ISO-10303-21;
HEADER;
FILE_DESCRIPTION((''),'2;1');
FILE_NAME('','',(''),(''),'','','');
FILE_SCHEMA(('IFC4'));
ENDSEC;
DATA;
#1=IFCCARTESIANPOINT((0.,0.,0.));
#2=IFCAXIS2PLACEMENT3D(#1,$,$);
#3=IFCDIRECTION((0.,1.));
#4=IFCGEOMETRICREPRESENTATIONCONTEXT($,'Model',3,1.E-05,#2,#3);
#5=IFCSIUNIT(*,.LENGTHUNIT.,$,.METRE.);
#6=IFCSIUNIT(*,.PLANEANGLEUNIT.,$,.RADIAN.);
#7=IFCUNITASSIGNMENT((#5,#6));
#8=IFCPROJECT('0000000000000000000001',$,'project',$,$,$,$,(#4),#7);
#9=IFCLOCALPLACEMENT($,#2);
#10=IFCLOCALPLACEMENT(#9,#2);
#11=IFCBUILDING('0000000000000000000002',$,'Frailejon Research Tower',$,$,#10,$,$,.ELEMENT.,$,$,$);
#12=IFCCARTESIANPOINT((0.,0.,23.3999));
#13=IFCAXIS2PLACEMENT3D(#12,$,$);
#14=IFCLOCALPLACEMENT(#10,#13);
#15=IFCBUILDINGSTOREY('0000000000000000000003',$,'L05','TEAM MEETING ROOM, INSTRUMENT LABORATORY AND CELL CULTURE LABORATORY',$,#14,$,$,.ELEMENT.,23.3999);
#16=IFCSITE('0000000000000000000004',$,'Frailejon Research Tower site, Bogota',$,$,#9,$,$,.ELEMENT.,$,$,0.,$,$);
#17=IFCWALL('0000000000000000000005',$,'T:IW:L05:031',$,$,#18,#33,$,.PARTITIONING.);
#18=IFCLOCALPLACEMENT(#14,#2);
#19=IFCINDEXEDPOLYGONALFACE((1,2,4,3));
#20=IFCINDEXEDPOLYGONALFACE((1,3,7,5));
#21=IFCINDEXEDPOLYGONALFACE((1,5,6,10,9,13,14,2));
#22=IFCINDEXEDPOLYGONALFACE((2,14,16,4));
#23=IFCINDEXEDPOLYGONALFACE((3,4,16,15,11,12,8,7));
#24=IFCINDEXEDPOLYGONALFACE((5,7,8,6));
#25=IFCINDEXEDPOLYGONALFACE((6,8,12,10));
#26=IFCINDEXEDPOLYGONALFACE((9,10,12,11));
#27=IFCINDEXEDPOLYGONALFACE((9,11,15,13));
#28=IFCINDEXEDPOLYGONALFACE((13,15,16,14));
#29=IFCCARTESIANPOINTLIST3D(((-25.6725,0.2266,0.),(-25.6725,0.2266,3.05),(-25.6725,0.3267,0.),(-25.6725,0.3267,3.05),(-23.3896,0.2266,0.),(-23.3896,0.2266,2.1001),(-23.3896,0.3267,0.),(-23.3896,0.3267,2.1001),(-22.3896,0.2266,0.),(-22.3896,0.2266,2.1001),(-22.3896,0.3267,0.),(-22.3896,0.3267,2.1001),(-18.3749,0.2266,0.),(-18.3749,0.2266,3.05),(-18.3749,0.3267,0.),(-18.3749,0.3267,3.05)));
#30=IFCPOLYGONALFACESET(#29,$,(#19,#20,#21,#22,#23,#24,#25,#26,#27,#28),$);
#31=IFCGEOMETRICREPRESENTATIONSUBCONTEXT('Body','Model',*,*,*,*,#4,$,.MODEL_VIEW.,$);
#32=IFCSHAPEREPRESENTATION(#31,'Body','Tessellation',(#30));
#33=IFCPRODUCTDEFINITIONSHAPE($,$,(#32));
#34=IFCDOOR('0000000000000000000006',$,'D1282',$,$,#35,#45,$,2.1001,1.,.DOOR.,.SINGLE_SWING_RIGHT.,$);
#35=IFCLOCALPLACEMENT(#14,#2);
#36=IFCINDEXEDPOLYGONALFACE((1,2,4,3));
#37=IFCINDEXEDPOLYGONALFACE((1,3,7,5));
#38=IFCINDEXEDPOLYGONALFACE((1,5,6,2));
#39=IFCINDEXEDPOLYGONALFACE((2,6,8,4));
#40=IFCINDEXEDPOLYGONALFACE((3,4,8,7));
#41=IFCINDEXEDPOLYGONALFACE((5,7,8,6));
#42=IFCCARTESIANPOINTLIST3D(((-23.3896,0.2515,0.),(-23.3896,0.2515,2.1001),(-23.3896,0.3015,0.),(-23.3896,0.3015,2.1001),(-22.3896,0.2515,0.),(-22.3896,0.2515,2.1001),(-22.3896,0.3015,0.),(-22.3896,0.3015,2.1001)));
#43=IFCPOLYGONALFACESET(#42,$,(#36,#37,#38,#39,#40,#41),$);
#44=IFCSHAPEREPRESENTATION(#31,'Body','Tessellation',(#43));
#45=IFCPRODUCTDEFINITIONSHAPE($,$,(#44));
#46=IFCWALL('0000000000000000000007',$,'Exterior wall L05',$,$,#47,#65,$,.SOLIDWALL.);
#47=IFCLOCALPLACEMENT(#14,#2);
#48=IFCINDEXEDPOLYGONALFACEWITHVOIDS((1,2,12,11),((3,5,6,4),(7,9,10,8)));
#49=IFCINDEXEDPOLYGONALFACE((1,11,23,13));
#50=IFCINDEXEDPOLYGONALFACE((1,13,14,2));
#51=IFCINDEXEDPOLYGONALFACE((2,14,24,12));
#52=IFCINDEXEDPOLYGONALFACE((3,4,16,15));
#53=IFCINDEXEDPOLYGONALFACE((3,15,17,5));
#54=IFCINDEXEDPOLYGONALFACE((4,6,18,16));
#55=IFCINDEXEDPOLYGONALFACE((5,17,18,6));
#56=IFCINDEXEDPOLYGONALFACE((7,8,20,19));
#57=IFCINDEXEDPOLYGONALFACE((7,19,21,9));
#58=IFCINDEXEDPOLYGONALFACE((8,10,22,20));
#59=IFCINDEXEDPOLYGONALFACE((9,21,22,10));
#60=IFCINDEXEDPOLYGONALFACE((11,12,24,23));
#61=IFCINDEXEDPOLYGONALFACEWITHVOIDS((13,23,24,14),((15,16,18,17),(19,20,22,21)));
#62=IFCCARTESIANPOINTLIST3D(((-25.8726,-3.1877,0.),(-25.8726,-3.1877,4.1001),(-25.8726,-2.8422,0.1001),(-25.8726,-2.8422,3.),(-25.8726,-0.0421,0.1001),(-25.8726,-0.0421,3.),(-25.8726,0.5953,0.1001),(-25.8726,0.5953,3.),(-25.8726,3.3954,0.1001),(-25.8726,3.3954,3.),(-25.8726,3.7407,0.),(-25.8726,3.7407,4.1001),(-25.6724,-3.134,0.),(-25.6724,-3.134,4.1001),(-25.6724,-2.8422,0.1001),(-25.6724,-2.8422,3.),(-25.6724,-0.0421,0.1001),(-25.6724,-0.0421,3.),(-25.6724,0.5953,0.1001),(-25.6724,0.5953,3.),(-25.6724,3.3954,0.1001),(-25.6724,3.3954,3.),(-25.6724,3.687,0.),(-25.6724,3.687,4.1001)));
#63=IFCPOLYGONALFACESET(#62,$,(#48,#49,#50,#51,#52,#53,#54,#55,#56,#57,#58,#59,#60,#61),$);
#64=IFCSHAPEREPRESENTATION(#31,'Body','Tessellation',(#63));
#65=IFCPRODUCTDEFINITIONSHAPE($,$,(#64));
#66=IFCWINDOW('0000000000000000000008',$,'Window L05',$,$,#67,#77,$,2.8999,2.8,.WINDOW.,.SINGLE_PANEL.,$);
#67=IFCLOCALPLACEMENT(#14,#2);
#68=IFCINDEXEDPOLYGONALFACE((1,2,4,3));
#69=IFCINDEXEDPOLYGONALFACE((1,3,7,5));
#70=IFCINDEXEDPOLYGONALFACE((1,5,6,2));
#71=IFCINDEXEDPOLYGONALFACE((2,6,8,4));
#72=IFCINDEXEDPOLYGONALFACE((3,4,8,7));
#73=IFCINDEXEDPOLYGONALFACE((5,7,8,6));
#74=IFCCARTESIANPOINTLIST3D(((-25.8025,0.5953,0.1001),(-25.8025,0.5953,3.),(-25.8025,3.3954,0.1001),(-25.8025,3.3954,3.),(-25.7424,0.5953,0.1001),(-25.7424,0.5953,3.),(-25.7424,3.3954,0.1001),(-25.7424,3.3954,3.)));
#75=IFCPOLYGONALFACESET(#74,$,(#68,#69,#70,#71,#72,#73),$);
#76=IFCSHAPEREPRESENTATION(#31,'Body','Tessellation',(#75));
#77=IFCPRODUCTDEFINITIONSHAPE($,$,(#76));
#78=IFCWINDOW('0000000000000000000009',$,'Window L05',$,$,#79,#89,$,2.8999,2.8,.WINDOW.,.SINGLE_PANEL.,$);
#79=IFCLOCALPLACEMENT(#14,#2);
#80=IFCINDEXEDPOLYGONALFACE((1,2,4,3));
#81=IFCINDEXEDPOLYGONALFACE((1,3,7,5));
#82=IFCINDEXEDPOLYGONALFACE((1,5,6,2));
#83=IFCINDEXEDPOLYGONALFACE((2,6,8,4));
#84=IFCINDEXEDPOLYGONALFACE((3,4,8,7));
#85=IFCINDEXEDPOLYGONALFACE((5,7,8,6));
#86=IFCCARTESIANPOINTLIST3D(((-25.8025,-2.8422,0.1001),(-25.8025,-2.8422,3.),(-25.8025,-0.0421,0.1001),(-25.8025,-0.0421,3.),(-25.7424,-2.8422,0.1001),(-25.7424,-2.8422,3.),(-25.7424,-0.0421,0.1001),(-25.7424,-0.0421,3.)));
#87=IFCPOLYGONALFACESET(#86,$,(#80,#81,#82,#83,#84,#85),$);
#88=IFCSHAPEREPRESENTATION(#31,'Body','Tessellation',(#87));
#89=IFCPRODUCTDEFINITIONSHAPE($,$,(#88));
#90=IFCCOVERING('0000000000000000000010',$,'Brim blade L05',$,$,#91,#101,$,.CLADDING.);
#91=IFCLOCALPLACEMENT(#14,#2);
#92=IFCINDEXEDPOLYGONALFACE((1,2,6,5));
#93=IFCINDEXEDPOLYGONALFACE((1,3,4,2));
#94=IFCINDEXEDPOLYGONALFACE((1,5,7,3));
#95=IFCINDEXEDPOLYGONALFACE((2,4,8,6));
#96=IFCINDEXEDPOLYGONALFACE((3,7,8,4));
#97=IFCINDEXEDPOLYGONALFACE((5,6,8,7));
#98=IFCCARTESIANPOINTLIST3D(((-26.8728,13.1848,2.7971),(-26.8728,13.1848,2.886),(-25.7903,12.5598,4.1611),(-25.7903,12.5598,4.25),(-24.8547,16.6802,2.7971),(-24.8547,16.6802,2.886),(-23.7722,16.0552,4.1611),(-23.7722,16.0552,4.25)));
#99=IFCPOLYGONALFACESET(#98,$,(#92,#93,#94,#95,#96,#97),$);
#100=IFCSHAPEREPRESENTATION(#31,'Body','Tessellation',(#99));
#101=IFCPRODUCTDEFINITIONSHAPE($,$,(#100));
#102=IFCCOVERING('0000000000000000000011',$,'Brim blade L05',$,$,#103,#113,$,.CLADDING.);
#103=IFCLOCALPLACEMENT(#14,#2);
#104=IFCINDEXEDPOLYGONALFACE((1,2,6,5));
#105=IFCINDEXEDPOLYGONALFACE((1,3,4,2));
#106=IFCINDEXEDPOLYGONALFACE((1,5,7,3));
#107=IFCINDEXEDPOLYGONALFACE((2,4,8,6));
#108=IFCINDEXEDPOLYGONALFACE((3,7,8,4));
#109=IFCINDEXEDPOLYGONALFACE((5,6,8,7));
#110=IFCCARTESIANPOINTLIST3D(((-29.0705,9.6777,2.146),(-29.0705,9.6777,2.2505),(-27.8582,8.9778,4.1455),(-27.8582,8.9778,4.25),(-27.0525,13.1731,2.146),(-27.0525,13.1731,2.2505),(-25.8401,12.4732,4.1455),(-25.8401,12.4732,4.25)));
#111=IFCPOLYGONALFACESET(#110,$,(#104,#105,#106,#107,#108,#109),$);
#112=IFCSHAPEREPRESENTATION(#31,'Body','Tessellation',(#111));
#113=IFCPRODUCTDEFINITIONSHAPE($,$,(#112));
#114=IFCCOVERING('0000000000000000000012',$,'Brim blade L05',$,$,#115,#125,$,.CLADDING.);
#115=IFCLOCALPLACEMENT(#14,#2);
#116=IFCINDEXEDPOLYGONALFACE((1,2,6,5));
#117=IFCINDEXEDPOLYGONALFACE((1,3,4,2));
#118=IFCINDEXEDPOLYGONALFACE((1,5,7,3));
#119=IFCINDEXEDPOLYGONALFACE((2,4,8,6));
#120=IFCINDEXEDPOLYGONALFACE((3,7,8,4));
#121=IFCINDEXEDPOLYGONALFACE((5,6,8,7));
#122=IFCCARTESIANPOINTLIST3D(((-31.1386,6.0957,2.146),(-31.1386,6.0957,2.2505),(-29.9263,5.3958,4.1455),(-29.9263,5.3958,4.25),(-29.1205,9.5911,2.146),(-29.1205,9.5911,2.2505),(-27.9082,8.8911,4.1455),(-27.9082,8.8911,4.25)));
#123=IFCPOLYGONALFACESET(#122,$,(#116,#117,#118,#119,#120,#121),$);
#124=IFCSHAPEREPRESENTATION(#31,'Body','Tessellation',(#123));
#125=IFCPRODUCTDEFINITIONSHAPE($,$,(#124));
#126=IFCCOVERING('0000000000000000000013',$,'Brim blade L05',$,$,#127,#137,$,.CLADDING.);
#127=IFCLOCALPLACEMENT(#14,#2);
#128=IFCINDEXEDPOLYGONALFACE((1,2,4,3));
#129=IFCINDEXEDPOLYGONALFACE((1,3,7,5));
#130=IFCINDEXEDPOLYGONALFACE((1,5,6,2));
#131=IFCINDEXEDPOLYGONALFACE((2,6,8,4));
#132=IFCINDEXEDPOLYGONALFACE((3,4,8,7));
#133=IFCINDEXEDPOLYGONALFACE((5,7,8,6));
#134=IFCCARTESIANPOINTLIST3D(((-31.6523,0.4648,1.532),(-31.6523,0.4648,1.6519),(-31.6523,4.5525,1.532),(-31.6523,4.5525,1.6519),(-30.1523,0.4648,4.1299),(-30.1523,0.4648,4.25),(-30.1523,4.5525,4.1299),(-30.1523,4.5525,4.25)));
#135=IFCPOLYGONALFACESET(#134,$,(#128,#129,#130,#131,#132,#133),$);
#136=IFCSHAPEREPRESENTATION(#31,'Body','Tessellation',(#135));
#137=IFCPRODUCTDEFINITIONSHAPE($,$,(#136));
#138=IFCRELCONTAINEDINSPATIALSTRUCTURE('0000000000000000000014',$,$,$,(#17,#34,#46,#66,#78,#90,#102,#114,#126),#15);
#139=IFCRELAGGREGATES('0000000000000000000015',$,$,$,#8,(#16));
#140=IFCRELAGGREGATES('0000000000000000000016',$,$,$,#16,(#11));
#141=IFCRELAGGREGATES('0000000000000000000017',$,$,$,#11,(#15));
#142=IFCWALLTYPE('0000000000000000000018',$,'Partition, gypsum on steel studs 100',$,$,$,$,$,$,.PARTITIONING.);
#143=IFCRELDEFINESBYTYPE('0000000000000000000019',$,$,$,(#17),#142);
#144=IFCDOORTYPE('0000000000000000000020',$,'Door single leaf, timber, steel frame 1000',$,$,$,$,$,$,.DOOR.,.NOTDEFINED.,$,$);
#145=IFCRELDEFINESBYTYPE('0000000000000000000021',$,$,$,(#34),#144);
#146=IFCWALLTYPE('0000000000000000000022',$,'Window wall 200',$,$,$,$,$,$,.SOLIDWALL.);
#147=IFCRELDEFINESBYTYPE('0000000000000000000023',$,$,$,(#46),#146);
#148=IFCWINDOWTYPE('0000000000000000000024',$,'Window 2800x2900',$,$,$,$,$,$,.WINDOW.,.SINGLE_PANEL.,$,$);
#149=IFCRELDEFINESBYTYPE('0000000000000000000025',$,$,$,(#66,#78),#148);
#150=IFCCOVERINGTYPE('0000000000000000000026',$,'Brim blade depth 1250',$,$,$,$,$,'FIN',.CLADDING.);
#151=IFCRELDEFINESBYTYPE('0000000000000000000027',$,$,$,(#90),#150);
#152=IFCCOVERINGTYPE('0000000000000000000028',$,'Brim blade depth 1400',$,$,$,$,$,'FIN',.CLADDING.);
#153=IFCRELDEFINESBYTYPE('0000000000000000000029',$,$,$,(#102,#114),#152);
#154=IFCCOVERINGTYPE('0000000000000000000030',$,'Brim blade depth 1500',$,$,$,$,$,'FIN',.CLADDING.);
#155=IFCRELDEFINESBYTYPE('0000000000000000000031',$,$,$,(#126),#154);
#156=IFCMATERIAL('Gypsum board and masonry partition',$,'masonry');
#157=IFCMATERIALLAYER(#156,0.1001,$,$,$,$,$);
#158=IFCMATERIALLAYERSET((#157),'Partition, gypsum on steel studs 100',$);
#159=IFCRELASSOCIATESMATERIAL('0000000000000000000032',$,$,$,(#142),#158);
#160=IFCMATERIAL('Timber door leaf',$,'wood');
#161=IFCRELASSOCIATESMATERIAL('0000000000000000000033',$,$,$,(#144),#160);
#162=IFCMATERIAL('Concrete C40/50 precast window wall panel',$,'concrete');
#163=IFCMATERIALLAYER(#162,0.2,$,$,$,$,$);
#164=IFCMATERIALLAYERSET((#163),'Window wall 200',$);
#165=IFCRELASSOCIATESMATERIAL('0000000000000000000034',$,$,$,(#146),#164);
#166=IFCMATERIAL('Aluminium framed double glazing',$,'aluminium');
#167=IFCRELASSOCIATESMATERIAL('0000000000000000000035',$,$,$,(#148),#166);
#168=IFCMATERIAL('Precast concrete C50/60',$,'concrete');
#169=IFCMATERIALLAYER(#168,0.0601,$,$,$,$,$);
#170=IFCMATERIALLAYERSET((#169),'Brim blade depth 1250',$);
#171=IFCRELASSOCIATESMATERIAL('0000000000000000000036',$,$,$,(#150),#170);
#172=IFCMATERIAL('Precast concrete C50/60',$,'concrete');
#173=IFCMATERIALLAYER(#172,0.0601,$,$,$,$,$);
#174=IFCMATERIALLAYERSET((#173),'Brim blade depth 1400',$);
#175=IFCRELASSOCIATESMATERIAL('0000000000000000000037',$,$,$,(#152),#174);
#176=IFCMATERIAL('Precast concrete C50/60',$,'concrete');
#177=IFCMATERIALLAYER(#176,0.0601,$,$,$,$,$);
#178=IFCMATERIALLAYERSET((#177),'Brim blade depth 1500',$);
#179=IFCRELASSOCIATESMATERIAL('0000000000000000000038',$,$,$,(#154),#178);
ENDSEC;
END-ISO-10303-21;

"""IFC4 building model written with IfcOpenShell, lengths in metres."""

from ifc_helpers import new_model, si_unit, direction, frame, frame_2d, origin, place, context, subcontext, project, spatial, polyline, rectangle, outline, extrude, material, layer, layer_set, type_object, element, fill, save


model = new_model("IFC4")

# Units and contexts
model_context = context("Model", 3, precision=1e-05, world=origin(), true_north=direction((0.0, 1.0)))
body_context = subcontext(model_context, "Body", "Model", "MODEL_VIEW")
ifc_project = project(units=[si_unit("LENGTHUNIT", "METRE"), si_unit("PLANEANGLEUNIT", "RADIAN")], contexts=[model_context])

# Site, building, storey
site_placement = place(None, origin())
site = spatial("IfcSite", under=ifc_project, at=site_placement, Name="Frailejon Research Tower site, Bogota", CompositionType="ELEMENT", RefElevation=0.0)
building_placement = place(site_placement, origin())
building = spatial("IfcBuilding", under=site, at=building_placement, Name="Frailejon Research Tower", CompositionType="ELEMENT")
storey_placement = place(building_placement, frame((0.0, 0.0, 23.3999)))
storey = spatial("IfcBuildingStorey", under=building, at=storey_placement, Name="L05", Description="TEAM MEETING ROOM, INSTRUMENT LABORATORY AND CELL CULTURE LABORATORY", CompositionType="ELEMENT", Elevation=23.3999)

# Shared definitions
ifc_material_1 = material(Name="Gypsum board and masonry partition", Category="masonry")
ifc_layer_1 = layer(ifc_material_1, 0.1001)
ifc_layer_set_1 = layer_set([ifc_layer_1], Name="Partition, gypsum on steel studs 100")
wall_type_1 = type_object("IfcWallType", Name="Partition, gypsum on steel studs 100", PredefinedType="PARTITIONING", material=ifc_layer_set_1)

# Wall, opening, door
wall_1_placement = place(storey_placement, frame((-25.6726, 0.2766, 0.0), z_axis=(0.0, 0.0, 1.0), x_axis=(1.0, 0.0, 0.0)))
wall_1 = element("IfcWall", 1, at=wall_1_placement, inside=storey, type_object=wall_type_1, Name="T:IW:L05:031", PredefinedType="PARTITIONING", context=body_context, shape_type="SweptSolid", body=[
    extrude(rectangle(XDim=7.2976, YDim=0.1001, at=frame_2d((3.6489, 0.0))), origin(), (0.0, 0.0, 1.0), 3.05),
])
opening_1_placement = place(wall_1_placement, frame((2.283, 0.0, 0.0)))
opening_1 = element("IfcOpeningElement", 2, at=opening_1_placement, cuts=wall_1, PredefinedType="OPENING", context=body_context, shape_type="SweptSolid", body=[
    extrude(rectangle(XDim=1.0, YDim=2.1001, at=frame_2d((0.5, 1.05))), frame((0.0, 0.0601, 0.0), z_axis=(0.0, -1.0, 0.0), x_axis=(1.0, 0.0, 0.0)), (0.0, 0.0, 1.0), 0.1201),
])
ifc_material_2 = material(Name="Timber door leaf", Category="wood")
door_type_1 = type_object("IfcDoorType", Name="Door single leaf, timber, steel frame 1000", OperationType="NOTDEFINED", PredefinedType="DOOR", material=ifc_material_2)
door_1_placement = place(opening_1_placement, origin())
door_1 = element("IfcDoor", 3, at=door_1_placement, inside=storey, type_object=door_type_1, Name="D1282", OperationType="SINGLE_SWING_RIGHT", OverallHeight=2.1001, OverallWidth=1.0, PredefinedType="DOOR", context=body_context, shape_type="SweptSolid", body=[
    extrude(rectangle(XDim=1.0, YDim=2.1001, at=frame_2d((0.5, 1.05))), frame((0.0, 0.0249, 0.0), z_axis=(0.0, -1.0, 0.0), x_axis=(1.0, 0.0, 0.0)), (0.0, 0.0, 1.0), 0.05),
])
fill(opening_1, door_1)

# Wall, openings, windows
ifc_material_3 = material(Name="Concrete C40/50 precast window wall panel", Category="concrete")
ifc_layer_2 = layer(ifc_material_3, 0.2)
ifc_layer_set_2 = layer_set([ifc_layer_2], Name="Window wall 200")
wall_type_2 = type_object("IfcWallType", Name="Window wall 200", PredefinedType="SOLIDWALL", material=ifc_layer_set_2)
wall_2_placement = place(storey_placement, frame((-25.7725, 3.7139, 0.0), z_axis=(0.0, 0.0, 1.0), x_axis=(0.0, -1.0, 0.0)))
wall_2 = element("IfcWall", 4, at=wall_2_placement, inside=storey, type_object=wall_type_2, Name="Exterior wall L05", PredefinedType="SOLIDWALL", context=body_context, shape_type="SweptSolid", body=[
    extrude(outline(polyline([(-0.0269, -0.1001), (1.1279, -0.1001), (2.2827, -0.1001), (3.4375, -0.1001), (4.592, -0.1001), (5.7468, -0.1001), (6.9016, -0.1001), (6.8479, 0.1001), (5.7109, 0.1001), (4.5742, 0.1001), (3.4375, 0.1001), (2.3005, 0.1001), (1.1636, 0.1001), (0.0269, 0.1001), (-0.0269, -0.1001)])), origin(), (0.0, 0.0, 1.0), 4.1001),
])
opening_2_placement = place(wall_2_placement, frame((0.3186, 0.0, 0.1001)))
opening_2 = element("IfcOpeningElement", 5, at=opening_2_placement, cuts=wall_2, PredefinedType="OPENING", context=body_context, shape_type="SweptSolid", body=[
    extrude(rectangle(XDim=2.8, YDim=2.8999, at=frame_2d((1.3999, 1.45))), frame((0.0, 0.1099, 0.0), z_axis=(0.0, -1.0, 0.0), x_axis=(1.0, 0.0, 0.0)), (0.0, 0.0, 1.0), 0.22),
])
opening_3_placement = place(wall_2_placement, frame((3.7561, 0.0, 0.1001)))
opening_3 = element("IfcOpeningElement", 6, at=opening_3_placement, cuts=wall_2, PredefinedType="OPENING", context=body_context, shape_type="SweptSolid", body=[
    extrude(rectangle(XDim=2.8, YDim=2.8999, at=frame_2d((1.3999, 1.45))), frame((0.0, 0.1099, 0.0), z_axis=(0.0, -1.0, 0.0), x_axis=(1.0, 0.0, 0.0)), (0.0, 0.0, 1.0), 0.22),
])
ifc_material_4 = material(Name="Aluminium framed double glazing", Category="aluminium")
window_type = type_object("IfcWindowType", Name="Window 2800x2900", PartitioningType="SINGLE_PANEL", PredefinedType="WINDOW", material=ifc_material_4)
window_1_placement = place(opening_2_placement, origin())
window_1 = element("IfcWindow", 7, at=window_1_placement, inside=storey, type_object=window_type, Name="Window L05", OverallHeight=2.8999, OverallWidth=2.8, PartitioningType="SINGLE_PANEL", PredefinedType="WINDOW", context=body_context, shape_type="SweptSolid", body=[
    extrude(rectangle(XDim=2.8, YDim=2.8999, at=frame_2d((1.3999, 1.45))), frame((0.0, 0.03, 0.0), z_axis=(0.0, -1.0, 0.0), x_axis=(1.0, 0.0, 0.0)), (0.0, 0.0, 1.0), 0.0601),
])
fill(opening_2, window_1)
window_2_placement = place(opening_3_placement, origin())
window_2 = element("IfcWindow", 8, at=window_2_placement, inside=storey, type_object=window_type, Name="Window L05", OverallHeight=2.8999, OverallWidth=2.8, PartitioningType="SINGLE_PANEL", PredefinedType="WINDOW", context=body_context, shape_type="SweptSolid", body=[
    extrude(rectangle(XDim=2.8, YDim=2.8999, at=frame_2d((1.3999, 1.45))), frame((0.0, 0.03, 0.0), z_axis=(0.0, -1.0, 0.0), x_axis=(1.0, 0.0, 0.0)), (0.0, 0.0, 1.0), 0.0601),
])
fill(opening_3, window_2)

# Coverings
ifc_material_5 = material(Name="Precast concrete C50/60", Category="concrete")
ifc_layer_3 = layer(ifc_material_5, 0.0601)
ifc_layer_set_3 = layer_set([ifc_layer_3], Name="Brim blade depth 1250")
covering_type_1 = type_object("IfcCoveringType", Name="Brim blade depth 1250", ElementType="FIN", PredefinedType="CLADDING", material=ifc_layer_set_3)
covering_1_placement = place(storey_placement, frame((-25.7903, 12.5598, 4.25), z_axis=(0.500006, 0.866022, 0.0), x_axis=(-0.866022, 0.500006, 0.0)))
element("IfcCovering", 9, at=covering_1_placement, inside=storey, type_object=covering_type_1, Name="Brim blade L05", PredefinedType="CLADDING", context=body_context, shape_type="SweptSolid", body=[
    extrude(outline(polyline([(0.0, -0.0889), (1.25, -1.4529), (1.25, -1.364), (0.0, 0.0), (0.0, -0.0889)])), origin(), (0.0, 0.0, 1.0), 4.0361),
])
ifc_material_6 = material(Name="Precast concrete C50/60", Category="concrete")
ifc_layer_4 = layer(ifc_material_6, 0.0601)
ifc_layer_set_4 = layer_set([ifc_layer_4], Name="Brim blade depth 1400")
covering_type_2 = type_object("IfcCoveringType", Name="Brim blade depth 1400", ElementType="FIN", PredefinedType="CLADDING", material=ifc_layer_set_4)
for number, where, z_axis, x_axis, name in (
    (10, (-27.8582, 8.9778, 4.25), (0.499988, 0.866033, 0.0), (-0.866033, 0.499988, 0.0), "Brim blade L05"),
    (11, (-29.9263, 5.3958, 4.25), (0.500006, 0.866022, 0.0), (-0.866022, 0.500006, 0.0), "Brim blade L05"),
):
    element("IfcCovering", number, at=place(storey_placement, frame(where, z_axis=z_axis, x_axis=x_axis)), inside=storey, type_object=covering_type_2, Name=name, PredefinedType="CLADDING", context=body_context, shape_type="SweptSolid", body=[
        extrude(outline(polyline([(0.0, -0.1045), (1.3999, -2.104), (1.3999, -1.9995), (0.0, 0.0), (0.0, -0.1045)])), origin(), (0.0, 0.0, 1.0), 4.0361),
    ])
ifc_material_7 = material(Name="Precast concrete C50/60", Category="concrete")
ifc_layer_5 = layer(ifc_material_7, 0.0601)
ifc_layer_set_5 = layer_set([ifc_layer_5], Name="Brim blade depth 1500")
covering_type_3 = type_object("IfcCoveringType", Name="Brim blade depth 1500", ElementType="FIN", PredefinedType="CLADDING", material=ifc_layer_set_5)
covering_2_placement = place(storey_placement, frame((-30.1523, 0.4648, 4.25), z_axis=(0.0, 1.0, 0.0), x_axis=(-1.0, 0.0, 0.0)))
element("IfcCovering", 12, at=covering_2_placement, inside=storey, type_object=covering_type_3, Name="Brim blade L05", PredefinedType="CLADDING", context=body_context, shape_type="SweptSolid", body=[
    extrude(outline(polyline([(0.0, -0.1201), (1.5, -2.718), (1.5, -2.5981), (0.0, 0.0), (0.0, -0.1201)])), origin(), (0.0, 0.0, 1.0), 4.0876),
])

save(model, "model.ifc")
